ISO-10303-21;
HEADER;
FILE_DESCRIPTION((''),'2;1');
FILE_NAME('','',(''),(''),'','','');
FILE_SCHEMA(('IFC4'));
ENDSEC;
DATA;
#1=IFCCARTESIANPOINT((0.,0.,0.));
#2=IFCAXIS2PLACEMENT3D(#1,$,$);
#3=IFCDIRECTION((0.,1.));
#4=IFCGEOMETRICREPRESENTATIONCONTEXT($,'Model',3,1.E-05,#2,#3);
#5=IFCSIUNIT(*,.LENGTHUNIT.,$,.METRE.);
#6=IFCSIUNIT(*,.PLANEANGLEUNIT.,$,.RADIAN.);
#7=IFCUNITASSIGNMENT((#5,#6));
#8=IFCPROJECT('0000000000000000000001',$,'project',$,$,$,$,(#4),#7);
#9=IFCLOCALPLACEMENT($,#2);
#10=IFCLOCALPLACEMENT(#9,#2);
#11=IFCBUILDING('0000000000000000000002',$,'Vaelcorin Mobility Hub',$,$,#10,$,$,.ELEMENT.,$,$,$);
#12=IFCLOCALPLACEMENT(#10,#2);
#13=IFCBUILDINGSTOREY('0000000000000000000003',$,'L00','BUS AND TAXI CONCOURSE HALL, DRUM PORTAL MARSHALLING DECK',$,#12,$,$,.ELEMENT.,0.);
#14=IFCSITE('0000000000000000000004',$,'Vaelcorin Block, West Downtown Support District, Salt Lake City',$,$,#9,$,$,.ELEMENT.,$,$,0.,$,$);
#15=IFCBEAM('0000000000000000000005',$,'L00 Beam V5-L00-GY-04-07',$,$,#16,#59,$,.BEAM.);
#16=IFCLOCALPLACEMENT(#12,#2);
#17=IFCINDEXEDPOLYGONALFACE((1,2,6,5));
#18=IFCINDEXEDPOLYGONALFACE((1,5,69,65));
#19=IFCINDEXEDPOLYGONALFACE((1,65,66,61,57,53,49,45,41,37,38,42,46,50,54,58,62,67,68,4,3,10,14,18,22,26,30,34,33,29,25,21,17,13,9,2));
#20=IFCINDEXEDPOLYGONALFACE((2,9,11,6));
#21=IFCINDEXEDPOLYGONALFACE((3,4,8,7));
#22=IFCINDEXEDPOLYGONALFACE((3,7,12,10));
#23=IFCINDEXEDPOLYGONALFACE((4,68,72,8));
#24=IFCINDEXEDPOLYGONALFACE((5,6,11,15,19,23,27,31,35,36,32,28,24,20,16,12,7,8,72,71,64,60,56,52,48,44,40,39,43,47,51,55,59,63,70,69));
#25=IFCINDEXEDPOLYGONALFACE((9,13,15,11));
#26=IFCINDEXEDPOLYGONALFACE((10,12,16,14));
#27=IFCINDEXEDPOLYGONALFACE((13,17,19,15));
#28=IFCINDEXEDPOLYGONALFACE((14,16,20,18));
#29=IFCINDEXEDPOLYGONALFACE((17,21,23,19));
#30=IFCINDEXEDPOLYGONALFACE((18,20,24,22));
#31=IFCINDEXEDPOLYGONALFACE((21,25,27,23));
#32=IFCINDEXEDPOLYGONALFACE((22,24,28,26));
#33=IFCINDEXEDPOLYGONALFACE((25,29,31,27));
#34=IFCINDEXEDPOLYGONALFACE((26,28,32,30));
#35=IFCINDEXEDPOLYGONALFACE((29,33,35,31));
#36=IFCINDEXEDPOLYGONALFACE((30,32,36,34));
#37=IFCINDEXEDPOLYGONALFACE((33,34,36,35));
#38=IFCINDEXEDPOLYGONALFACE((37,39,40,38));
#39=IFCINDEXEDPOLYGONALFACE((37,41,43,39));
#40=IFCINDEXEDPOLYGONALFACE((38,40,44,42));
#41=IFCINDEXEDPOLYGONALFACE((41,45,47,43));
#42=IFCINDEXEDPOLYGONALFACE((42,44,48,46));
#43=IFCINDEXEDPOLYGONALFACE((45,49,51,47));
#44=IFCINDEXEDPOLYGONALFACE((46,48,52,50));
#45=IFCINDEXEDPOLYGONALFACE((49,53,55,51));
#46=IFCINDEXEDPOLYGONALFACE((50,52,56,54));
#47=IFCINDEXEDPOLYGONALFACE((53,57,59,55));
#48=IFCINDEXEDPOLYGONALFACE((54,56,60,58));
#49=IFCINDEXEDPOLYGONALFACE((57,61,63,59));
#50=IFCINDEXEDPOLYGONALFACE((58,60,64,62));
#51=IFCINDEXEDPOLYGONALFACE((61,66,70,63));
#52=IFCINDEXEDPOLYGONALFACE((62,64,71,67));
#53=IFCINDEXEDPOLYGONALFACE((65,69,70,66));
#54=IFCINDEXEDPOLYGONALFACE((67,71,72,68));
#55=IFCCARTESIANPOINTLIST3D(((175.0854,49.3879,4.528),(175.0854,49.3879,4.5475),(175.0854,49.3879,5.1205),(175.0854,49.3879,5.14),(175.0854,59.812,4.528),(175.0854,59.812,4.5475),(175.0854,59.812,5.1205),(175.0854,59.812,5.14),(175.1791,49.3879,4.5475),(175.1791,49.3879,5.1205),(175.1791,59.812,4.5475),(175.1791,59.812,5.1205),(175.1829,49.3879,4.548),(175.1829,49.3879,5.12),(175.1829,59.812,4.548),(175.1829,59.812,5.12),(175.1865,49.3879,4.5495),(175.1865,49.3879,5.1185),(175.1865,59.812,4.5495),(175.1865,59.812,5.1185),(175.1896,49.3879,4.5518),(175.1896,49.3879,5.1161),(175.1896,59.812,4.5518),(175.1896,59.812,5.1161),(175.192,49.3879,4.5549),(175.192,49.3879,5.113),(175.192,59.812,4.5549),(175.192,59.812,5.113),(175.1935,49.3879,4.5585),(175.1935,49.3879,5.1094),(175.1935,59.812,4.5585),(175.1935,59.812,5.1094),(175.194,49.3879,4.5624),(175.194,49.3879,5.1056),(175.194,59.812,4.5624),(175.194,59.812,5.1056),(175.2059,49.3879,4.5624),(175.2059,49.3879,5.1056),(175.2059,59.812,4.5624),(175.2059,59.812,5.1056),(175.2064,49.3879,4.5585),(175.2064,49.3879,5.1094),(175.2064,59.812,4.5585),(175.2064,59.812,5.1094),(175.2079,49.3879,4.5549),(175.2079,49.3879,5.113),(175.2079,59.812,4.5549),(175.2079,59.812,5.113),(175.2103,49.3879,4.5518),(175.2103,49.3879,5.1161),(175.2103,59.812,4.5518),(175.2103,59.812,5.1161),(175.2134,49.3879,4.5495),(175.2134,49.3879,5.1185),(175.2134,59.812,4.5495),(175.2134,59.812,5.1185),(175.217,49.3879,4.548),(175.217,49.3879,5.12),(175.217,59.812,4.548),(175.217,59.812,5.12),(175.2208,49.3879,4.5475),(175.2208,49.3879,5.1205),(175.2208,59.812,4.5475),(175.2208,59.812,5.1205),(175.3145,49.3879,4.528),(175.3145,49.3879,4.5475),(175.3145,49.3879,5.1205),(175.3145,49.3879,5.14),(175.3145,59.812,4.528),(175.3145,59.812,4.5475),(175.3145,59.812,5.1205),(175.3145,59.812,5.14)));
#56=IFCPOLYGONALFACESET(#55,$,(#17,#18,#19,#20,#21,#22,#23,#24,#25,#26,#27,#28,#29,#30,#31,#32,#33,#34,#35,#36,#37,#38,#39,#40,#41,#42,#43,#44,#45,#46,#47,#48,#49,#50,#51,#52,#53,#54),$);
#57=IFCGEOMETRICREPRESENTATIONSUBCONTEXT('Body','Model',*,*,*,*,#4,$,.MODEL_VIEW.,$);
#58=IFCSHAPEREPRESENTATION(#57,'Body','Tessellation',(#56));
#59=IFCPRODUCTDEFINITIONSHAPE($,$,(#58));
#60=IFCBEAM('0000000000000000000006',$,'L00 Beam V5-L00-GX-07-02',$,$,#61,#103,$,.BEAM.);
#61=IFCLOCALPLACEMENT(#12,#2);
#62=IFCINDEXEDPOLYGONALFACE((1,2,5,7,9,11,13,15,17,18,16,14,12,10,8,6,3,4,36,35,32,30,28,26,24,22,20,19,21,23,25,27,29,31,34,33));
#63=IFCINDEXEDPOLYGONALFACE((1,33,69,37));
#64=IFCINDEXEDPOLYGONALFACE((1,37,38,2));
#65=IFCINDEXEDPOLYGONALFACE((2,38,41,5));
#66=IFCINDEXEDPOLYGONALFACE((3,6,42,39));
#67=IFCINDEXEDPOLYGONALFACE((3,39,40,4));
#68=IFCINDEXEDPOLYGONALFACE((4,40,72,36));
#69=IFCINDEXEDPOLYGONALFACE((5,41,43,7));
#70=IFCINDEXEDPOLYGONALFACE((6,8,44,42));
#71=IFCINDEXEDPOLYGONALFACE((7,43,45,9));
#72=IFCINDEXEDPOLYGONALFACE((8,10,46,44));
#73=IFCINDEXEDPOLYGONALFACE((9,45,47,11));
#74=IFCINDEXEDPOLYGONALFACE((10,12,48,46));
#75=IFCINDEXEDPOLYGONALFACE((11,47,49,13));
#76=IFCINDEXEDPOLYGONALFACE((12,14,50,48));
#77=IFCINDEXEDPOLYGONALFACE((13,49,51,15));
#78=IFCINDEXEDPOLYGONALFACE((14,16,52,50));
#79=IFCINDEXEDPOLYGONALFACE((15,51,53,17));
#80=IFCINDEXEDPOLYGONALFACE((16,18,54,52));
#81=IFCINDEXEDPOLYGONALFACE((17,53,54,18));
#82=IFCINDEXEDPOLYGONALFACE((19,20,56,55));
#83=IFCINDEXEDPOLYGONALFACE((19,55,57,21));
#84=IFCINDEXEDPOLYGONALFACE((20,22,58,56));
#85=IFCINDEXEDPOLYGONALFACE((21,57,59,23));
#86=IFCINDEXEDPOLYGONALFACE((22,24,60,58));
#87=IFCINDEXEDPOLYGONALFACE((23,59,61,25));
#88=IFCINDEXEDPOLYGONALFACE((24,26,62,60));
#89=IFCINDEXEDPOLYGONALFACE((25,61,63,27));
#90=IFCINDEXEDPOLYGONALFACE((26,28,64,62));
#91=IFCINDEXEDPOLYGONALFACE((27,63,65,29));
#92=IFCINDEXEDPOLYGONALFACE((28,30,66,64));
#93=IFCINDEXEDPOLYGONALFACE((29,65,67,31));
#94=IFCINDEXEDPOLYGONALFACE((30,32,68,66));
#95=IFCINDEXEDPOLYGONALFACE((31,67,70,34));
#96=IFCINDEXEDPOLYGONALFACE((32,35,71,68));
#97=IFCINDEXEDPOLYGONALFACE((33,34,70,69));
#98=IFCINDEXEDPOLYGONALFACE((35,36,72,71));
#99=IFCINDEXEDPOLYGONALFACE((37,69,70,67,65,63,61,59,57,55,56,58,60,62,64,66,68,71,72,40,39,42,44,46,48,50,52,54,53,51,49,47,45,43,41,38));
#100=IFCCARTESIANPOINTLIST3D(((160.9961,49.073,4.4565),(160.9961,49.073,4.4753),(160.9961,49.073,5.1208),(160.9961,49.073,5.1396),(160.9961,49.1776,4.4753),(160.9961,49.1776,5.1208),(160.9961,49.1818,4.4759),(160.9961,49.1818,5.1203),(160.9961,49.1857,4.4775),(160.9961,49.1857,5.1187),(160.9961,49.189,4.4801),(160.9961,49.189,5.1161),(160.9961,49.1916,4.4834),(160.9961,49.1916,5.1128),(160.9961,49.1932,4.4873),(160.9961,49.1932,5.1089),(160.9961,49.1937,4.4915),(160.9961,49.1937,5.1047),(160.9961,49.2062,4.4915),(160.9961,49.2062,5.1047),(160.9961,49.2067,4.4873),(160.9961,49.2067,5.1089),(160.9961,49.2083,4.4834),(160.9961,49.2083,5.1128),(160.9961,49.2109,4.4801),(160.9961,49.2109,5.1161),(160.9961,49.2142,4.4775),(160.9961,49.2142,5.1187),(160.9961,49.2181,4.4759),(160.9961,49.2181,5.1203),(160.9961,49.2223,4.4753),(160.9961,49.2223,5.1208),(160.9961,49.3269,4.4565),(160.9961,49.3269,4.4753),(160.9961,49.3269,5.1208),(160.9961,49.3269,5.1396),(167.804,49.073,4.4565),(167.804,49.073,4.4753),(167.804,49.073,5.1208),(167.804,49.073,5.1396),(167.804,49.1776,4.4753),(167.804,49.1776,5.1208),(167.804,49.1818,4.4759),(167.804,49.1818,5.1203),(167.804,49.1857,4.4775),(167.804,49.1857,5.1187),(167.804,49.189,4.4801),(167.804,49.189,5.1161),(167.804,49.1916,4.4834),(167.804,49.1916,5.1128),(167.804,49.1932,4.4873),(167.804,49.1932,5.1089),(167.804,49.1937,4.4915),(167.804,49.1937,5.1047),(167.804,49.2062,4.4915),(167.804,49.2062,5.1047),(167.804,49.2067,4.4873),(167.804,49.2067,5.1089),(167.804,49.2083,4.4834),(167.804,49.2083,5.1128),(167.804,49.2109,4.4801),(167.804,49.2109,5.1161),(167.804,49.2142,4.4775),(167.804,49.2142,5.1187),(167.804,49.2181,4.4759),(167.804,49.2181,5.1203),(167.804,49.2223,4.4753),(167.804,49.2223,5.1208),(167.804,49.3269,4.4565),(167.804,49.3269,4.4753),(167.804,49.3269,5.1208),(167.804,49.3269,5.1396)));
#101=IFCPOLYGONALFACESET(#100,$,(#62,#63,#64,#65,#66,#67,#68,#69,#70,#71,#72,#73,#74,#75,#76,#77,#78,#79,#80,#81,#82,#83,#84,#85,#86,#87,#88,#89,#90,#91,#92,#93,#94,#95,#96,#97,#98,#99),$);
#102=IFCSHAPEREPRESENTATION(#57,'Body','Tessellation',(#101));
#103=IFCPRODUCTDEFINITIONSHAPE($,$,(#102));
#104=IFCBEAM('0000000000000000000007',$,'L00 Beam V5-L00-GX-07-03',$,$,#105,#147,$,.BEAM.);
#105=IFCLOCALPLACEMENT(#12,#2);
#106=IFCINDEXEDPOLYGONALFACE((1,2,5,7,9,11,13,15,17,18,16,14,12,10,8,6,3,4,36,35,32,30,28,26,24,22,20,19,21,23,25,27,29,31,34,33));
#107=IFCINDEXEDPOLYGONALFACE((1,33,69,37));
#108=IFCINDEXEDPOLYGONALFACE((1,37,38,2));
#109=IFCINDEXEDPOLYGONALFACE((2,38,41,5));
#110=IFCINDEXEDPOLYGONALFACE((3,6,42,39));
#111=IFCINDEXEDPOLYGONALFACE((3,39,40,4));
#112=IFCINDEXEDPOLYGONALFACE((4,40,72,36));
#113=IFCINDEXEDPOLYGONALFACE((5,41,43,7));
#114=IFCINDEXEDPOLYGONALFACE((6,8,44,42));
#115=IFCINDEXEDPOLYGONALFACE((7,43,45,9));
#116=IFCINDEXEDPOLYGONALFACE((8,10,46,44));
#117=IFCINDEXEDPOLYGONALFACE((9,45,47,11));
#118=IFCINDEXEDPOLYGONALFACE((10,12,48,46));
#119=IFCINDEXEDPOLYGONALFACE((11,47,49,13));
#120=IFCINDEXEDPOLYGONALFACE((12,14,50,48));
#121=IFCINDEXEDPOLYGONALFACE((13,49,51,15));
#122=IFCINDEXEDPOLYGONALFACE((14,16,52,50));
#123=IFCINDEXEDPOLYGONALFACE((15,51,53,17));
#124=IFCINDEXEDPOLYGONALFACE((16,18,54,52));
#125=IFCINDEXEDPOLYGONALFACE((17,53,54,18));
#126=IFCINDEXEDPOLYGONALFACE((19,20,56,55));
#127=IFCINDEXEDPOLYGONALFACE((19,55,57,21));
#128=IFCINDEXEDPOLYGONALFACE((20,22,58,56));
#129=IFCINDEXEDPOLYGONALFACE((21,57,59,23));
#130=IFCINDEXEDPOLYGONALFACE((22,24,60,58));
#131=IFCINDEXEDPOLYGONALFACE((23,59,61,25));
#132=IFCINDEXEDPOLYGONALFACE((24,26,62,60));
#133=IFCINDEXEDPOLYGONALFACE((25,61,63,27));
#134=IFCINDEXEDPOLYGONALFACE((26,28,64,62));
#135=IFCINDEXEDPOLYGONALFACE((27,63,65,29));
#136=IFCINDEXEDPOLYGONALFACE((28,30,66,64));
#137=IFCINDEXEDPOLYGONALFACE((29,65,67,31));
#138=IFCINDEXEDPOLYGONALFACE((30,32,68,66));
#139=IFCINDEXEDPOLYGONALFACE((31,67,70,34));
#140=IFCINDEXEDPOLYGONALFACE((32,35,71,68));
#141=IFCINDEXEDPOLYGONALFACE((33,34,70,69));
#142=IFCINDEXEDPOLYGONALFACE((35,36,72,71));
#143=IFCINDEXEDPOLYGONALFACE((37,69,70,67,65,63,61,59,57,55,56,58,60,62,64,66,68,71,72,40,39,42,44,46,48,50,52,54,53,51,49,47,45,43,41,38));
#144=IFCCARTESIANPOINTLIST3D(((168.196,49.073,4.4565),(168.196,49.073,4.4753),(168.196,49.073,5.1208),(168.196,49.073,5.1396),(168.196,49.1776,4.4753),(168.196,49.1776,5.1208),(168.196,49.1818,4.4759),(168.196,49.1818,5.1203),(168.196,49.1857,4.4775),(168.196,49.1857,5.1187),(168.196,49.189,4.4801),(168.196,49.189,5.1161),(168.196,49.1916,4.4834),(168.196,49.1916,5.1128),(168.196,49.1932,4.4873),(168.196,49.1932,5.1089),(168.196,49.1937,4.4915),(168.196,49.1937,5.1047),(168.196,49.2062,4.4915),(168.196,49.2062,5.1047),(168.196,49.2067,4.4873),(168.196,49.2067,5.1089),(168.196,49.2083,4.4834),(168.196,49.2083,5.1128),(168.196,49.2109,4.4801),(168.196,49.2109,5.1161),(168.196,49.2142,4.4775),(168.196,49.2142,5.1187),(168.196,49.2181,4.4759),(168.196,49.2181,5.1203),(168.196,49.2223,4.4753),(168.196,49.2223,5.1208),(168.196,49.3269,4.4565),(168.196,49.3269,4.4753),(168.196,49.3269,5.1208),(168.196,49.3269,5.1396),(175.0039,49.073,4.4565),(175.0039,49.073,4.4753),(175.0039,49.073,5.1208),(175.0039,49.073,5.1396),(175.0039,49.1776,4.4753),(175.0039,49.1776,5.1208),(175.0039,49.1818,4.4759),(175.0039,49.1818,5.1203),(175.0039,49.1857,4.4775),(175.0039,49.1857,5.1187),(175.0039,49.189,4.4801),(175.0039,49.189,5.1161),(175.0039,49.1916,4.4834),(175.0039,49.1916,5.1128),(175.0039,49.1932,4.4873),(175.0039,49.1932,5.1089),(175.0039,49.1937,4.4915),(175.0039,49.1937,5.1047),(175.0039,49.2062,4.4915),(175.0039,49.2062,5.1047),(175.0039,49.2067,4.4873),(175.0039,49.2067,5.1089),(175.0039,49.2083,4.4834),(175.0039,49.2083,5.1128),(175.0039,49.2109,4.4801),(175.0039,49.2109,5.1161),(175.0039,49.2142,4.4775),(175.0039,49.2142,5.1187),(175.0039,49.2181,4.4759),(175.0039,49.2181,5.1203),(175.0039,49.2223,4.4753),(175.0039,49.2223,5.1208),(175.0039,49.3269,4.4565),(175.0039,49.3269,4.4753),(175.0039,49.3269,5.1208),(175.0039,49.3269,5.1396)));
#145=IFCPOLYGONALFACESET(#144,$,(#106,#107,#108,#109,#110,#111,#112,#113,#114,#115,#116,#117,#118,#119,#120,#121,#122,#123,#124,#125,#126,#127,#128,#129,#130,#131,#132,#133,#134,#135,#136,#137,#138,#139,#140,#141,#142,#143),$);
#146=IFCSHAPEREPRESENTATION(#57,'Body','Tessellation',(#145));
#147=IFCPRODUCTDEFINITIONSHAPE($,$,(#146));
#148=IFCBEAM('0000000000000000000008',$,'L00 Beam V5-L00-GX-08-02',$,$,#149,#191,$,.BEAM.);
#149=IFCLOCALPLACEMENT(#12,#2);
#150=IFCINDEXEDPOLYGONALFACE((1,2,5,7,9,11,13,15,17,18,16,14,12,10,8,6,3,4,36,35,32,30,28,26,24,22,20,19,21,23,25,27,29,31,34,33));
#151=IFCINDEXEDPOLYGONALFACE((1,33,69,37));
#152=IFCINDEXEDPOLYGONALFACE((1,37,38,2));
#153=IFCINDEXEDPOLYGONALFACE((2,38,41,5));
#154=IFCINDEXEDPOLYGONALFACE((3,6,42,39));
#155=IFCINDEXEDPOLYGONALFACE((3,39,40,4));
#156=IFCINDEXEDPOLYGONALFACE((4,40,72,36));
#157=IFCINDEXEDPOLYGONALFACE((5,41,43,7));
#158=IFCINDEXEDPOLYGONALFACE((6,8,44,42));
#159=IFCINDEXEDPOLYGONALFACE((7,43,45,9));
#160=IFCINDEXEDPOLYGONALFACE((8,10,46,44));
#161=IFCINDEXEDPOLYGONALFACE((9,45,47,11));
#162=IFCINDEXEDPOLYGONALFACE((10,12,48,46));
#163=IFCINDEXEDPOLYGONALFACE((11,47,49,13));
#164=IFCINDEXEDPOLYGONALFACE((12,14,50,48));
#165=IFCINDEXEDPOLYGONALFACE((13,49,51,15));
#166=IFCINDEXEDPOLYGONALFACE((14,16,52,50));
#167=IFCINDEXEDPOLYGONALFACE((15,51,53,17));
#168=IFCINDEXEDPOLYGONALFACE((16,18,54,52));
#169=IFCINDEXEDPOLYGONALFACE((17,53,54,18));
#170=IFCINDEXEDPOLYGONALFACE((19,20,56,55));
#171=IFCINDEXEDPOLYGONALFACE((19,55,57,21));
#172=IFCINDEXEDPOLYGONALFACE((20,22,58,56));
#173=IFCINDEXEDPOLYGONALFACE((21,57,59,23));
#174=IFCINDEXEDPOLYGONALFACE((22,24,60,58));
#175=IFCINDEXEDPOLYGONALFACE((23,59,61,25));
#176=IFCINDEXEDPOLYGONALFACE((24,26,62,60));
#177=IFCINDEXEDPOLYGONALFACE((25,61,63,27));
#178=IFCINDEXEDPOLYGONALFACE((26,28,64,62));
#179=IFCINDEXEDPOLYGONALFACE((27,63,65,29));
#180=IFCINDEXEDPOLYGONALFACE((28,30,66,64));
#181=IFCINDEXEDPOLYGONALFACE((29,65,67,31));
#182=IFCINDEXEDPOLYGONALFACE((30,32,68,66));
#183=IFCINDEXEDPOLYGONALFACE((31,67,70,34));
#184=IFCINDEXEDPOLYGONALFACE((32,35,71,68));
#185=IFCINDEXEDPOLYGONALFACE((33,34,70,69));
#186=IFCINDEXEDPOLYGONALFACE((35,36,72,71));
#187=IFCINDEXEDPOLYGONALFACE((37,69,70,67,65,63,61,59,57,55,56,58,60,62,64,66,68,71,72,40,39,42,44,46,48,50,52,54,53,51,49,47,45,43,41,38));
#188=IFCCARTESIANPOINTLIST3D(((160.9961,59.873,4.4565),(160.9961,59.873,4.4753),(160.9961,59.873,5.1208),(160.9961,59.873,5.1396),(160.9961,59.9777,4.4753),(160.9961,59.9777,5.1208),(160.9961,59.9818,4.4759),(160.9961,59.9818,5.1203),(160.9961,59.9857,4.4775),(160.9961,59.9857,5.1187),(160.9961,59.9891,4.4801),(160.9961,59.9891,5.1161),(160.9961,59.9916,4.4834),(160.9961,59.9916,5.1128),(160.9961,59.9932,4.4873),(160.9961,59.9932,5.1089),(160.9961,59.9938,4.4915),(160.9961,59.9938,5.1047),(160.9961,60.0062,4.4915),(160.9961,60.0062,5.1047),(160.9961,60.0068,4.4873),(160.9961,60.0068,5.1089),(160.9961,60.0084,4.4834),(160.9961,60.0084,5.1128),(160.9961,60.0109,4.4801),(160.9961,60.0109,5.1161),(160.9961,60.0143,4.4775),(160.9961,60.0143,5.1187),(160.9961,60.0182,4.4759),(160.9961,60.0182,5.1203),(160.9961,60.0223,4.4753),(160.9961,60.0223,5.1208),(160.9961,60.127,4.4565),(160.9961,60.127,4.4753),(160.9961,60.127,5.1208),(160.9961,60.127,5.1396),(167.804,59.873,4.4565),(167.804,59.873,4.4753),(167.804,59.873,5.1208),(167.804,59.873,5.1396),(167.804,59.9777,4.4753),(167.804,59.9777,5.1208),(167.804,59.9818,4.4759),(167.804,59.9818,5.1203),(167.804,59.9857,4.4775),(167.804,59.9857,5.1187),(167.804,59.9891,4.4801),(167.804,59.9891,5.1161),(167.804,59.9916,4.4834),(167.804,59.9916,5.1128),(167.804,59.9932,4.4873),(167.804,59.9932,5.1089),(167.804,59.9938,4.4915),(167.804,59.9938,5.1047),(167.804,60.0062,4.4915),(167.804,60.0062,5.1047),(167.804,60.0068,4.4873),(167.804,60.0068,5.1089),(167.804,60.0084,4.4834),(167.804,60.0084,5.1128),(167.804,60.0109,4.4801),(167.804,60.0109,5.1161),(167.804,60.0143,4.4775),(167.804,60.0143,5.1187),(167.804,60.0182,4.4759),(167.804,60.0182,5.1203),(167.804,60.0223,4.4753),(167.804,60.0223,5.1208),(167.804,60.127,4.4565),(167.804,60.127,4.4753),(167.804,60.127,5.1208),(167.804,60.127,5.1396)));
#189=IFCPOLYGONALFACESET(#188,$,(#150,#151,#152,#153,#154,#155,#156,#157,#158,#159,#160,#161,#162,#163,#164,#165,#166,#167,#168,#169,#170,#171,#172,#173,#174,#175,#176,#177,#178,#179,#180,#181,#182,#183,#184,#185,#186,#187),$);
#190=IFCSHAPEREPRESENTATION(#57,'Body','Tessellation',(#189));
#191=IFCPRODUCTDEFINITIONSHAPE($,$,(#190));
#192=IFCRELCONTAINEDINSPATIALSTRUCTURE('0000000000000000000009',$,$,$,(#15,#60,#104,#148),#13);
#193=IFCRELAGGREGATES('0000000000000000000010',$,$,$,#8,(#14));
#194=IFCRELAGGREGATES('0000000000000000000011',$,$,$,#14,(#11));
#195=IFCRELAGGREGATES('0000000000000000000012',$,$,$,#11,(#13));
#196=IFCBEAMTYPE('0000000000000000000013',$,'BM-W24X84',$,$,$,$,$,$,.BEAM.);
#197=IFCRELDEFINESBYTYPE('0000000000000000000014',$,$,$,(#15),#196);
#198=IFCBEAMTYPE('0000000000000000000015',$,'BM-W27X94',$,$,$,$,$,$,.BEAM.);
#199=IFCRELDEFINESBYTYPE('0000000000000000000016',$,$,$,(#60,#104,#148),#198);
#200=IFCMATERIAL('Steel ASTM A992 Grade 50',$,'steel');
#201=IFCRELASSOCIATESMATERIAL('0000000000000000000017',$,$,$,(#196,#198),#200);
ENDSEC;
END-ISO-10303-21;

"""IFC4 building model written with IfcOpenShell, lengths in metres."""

from ifc_helpers import new_model, si_unit, direction, frame, origin, origin_2d, place, context, subcontext, project, spatial, i_section, extrude, material, material_profile, profile_set, type_object, element, save


model = new_model("IFC4")

# Units and contexts
model_context = context("Model", 3, precision=1e-05, world=origin(), true_north=direction((0.0, 1.0)))
body_context = subcontext(model_context, "Body", "Model", "MODEL_VIEW")
ifc_project = project(units=[si_unit("LENGTHUNIT", "METRE"), si_unit("PLANEANGLEUNIT", "RADIAN")], contexts=[model_context])

# Site, building, storey
site_placement = place(None, origin())
site = spatial("IfcSite", under=ifc_project, at=site_placement, Name="Vaelcorin Block, West Downtown Support District, Salt Lake City", CompositionType="ELEMENT", RefElevation=0.0)
building_placement = place(site_placement, origin())
building = spatial("IfcBuilding", under=site, at=building_placement, Name="Vaelcorin Mobility Hub", CompositionType="ELEMENT")
storey_placement = place(building_placement, origin())
storey = spatial("IfcBuildingStorey", under=building, at=storey_placement, Name="L00", Description="BUS AND TAXI CONCOURSE HALL, DRUM PORTAL MARSHALLING DECK", CompositionType="ELEMENT", Elevation=0.0)

# Shared definitions
ifc_material_1 = material(Name="Steel ASTM A992 Grade 50", Category="steel")

# Beams
ifc_material_profile_1 = material_profile(ifc_material_1, i_section(OverallWidth=0.229, OverallDepth=0.6121, WebThickness=0.012, FlangeThickness=0.0195, FilletRadius=0.0149, at=origin_2d()), Name="W24X84")
ifc_profile_set_1 = profile_set([ifc_material_profile_1], Name="Steel ASTM A992 Grade 50")
beam_type_1 = type_object("IfcBeamType", Name="BM-W24X84", PredefinedType="BEAM", material=ifc_profile_set_1)
beam_1_placement = place(storey_placement, frame((175.2, 49.3879, 4.834), z_axis=(0.0, 1.0, 0.0), x_axis=(-1.0, 0.0, 0.0)))
element("IfcBeam", 1, at=beam_1_placement, inside=storey, type_object=beam_type_1, Name="L00 Beam V5-L00-GY-04-07", PredefinedType="BEAM", context=body_context, shape_type="SweptSolid", body=[
    extrude(i_section(OverallWidth=0.229, OverallDepth=0.6121, WebThickness=0.012, FlangeThickness=0.0195, FilletRadius=0.0149, at=origin_2d()), origin(), (0.0, 0.0, 1.0), 10.4241),
])
ifc_material_profile_2 = material_profile(ifc_material_1, i_section(OverallWidth=0.2539, OverallDepth=0.6831, WebThickness=0.0125, FlangeThickness=0.0188, FilletRadius=0.0161, at=origin_2d()), Name="W27X94")
ifc_profile_set_2 = profile_set([ifc_material_profile_2], Name="Steel ASTM A992 Grade 50")
beam_type_2 = type_object("IfcBeamType", Name="BM-W27X94", PredefinedType="BEAM", material=ifc_profile_set_2)
for number, where, z_axis, x_axis, name in (
    (2, (160.9961, 49.2, 4.7981), (1.0, 0.0, 0.0), (0.0, 1.0, 0.0), "L00 Beam V5-L00-GX-07-02"),
    (3, (168.196, 49.2, 4.7981), (1.0, 0.0, 0.0), (0.0, 1.0, 0.0), "L00 Beam V5-L00-GX-07-03"),
    (4, (160.9961, 60.0, 4.7981), (1.0, 0.0, 0.0), (0.0, 1.0, 0.0), "L00 Beam V5-L00-GX-08-02"),
):
    element("IfcBeam", number, at=place(storey_placement, frame(where, z_axis=z_axis, x_axis=x_axis)), inside=storey, type_object=beam_type_2, Name=name, PredefinedType="BEAM", context=body_context, shape_type="SweptSolid", body=[
        extrude(i_section(OverallWidth=0.2539, OverallDepth=0.6831, WebThickness=0.0125, FlangeThickness=0.0188, FilletRadius=0.0161, at=origin_2d()), origin(), (0.0, 0.0, 1.0), 6.8079),
    ])

save(model, "model.ifc")
